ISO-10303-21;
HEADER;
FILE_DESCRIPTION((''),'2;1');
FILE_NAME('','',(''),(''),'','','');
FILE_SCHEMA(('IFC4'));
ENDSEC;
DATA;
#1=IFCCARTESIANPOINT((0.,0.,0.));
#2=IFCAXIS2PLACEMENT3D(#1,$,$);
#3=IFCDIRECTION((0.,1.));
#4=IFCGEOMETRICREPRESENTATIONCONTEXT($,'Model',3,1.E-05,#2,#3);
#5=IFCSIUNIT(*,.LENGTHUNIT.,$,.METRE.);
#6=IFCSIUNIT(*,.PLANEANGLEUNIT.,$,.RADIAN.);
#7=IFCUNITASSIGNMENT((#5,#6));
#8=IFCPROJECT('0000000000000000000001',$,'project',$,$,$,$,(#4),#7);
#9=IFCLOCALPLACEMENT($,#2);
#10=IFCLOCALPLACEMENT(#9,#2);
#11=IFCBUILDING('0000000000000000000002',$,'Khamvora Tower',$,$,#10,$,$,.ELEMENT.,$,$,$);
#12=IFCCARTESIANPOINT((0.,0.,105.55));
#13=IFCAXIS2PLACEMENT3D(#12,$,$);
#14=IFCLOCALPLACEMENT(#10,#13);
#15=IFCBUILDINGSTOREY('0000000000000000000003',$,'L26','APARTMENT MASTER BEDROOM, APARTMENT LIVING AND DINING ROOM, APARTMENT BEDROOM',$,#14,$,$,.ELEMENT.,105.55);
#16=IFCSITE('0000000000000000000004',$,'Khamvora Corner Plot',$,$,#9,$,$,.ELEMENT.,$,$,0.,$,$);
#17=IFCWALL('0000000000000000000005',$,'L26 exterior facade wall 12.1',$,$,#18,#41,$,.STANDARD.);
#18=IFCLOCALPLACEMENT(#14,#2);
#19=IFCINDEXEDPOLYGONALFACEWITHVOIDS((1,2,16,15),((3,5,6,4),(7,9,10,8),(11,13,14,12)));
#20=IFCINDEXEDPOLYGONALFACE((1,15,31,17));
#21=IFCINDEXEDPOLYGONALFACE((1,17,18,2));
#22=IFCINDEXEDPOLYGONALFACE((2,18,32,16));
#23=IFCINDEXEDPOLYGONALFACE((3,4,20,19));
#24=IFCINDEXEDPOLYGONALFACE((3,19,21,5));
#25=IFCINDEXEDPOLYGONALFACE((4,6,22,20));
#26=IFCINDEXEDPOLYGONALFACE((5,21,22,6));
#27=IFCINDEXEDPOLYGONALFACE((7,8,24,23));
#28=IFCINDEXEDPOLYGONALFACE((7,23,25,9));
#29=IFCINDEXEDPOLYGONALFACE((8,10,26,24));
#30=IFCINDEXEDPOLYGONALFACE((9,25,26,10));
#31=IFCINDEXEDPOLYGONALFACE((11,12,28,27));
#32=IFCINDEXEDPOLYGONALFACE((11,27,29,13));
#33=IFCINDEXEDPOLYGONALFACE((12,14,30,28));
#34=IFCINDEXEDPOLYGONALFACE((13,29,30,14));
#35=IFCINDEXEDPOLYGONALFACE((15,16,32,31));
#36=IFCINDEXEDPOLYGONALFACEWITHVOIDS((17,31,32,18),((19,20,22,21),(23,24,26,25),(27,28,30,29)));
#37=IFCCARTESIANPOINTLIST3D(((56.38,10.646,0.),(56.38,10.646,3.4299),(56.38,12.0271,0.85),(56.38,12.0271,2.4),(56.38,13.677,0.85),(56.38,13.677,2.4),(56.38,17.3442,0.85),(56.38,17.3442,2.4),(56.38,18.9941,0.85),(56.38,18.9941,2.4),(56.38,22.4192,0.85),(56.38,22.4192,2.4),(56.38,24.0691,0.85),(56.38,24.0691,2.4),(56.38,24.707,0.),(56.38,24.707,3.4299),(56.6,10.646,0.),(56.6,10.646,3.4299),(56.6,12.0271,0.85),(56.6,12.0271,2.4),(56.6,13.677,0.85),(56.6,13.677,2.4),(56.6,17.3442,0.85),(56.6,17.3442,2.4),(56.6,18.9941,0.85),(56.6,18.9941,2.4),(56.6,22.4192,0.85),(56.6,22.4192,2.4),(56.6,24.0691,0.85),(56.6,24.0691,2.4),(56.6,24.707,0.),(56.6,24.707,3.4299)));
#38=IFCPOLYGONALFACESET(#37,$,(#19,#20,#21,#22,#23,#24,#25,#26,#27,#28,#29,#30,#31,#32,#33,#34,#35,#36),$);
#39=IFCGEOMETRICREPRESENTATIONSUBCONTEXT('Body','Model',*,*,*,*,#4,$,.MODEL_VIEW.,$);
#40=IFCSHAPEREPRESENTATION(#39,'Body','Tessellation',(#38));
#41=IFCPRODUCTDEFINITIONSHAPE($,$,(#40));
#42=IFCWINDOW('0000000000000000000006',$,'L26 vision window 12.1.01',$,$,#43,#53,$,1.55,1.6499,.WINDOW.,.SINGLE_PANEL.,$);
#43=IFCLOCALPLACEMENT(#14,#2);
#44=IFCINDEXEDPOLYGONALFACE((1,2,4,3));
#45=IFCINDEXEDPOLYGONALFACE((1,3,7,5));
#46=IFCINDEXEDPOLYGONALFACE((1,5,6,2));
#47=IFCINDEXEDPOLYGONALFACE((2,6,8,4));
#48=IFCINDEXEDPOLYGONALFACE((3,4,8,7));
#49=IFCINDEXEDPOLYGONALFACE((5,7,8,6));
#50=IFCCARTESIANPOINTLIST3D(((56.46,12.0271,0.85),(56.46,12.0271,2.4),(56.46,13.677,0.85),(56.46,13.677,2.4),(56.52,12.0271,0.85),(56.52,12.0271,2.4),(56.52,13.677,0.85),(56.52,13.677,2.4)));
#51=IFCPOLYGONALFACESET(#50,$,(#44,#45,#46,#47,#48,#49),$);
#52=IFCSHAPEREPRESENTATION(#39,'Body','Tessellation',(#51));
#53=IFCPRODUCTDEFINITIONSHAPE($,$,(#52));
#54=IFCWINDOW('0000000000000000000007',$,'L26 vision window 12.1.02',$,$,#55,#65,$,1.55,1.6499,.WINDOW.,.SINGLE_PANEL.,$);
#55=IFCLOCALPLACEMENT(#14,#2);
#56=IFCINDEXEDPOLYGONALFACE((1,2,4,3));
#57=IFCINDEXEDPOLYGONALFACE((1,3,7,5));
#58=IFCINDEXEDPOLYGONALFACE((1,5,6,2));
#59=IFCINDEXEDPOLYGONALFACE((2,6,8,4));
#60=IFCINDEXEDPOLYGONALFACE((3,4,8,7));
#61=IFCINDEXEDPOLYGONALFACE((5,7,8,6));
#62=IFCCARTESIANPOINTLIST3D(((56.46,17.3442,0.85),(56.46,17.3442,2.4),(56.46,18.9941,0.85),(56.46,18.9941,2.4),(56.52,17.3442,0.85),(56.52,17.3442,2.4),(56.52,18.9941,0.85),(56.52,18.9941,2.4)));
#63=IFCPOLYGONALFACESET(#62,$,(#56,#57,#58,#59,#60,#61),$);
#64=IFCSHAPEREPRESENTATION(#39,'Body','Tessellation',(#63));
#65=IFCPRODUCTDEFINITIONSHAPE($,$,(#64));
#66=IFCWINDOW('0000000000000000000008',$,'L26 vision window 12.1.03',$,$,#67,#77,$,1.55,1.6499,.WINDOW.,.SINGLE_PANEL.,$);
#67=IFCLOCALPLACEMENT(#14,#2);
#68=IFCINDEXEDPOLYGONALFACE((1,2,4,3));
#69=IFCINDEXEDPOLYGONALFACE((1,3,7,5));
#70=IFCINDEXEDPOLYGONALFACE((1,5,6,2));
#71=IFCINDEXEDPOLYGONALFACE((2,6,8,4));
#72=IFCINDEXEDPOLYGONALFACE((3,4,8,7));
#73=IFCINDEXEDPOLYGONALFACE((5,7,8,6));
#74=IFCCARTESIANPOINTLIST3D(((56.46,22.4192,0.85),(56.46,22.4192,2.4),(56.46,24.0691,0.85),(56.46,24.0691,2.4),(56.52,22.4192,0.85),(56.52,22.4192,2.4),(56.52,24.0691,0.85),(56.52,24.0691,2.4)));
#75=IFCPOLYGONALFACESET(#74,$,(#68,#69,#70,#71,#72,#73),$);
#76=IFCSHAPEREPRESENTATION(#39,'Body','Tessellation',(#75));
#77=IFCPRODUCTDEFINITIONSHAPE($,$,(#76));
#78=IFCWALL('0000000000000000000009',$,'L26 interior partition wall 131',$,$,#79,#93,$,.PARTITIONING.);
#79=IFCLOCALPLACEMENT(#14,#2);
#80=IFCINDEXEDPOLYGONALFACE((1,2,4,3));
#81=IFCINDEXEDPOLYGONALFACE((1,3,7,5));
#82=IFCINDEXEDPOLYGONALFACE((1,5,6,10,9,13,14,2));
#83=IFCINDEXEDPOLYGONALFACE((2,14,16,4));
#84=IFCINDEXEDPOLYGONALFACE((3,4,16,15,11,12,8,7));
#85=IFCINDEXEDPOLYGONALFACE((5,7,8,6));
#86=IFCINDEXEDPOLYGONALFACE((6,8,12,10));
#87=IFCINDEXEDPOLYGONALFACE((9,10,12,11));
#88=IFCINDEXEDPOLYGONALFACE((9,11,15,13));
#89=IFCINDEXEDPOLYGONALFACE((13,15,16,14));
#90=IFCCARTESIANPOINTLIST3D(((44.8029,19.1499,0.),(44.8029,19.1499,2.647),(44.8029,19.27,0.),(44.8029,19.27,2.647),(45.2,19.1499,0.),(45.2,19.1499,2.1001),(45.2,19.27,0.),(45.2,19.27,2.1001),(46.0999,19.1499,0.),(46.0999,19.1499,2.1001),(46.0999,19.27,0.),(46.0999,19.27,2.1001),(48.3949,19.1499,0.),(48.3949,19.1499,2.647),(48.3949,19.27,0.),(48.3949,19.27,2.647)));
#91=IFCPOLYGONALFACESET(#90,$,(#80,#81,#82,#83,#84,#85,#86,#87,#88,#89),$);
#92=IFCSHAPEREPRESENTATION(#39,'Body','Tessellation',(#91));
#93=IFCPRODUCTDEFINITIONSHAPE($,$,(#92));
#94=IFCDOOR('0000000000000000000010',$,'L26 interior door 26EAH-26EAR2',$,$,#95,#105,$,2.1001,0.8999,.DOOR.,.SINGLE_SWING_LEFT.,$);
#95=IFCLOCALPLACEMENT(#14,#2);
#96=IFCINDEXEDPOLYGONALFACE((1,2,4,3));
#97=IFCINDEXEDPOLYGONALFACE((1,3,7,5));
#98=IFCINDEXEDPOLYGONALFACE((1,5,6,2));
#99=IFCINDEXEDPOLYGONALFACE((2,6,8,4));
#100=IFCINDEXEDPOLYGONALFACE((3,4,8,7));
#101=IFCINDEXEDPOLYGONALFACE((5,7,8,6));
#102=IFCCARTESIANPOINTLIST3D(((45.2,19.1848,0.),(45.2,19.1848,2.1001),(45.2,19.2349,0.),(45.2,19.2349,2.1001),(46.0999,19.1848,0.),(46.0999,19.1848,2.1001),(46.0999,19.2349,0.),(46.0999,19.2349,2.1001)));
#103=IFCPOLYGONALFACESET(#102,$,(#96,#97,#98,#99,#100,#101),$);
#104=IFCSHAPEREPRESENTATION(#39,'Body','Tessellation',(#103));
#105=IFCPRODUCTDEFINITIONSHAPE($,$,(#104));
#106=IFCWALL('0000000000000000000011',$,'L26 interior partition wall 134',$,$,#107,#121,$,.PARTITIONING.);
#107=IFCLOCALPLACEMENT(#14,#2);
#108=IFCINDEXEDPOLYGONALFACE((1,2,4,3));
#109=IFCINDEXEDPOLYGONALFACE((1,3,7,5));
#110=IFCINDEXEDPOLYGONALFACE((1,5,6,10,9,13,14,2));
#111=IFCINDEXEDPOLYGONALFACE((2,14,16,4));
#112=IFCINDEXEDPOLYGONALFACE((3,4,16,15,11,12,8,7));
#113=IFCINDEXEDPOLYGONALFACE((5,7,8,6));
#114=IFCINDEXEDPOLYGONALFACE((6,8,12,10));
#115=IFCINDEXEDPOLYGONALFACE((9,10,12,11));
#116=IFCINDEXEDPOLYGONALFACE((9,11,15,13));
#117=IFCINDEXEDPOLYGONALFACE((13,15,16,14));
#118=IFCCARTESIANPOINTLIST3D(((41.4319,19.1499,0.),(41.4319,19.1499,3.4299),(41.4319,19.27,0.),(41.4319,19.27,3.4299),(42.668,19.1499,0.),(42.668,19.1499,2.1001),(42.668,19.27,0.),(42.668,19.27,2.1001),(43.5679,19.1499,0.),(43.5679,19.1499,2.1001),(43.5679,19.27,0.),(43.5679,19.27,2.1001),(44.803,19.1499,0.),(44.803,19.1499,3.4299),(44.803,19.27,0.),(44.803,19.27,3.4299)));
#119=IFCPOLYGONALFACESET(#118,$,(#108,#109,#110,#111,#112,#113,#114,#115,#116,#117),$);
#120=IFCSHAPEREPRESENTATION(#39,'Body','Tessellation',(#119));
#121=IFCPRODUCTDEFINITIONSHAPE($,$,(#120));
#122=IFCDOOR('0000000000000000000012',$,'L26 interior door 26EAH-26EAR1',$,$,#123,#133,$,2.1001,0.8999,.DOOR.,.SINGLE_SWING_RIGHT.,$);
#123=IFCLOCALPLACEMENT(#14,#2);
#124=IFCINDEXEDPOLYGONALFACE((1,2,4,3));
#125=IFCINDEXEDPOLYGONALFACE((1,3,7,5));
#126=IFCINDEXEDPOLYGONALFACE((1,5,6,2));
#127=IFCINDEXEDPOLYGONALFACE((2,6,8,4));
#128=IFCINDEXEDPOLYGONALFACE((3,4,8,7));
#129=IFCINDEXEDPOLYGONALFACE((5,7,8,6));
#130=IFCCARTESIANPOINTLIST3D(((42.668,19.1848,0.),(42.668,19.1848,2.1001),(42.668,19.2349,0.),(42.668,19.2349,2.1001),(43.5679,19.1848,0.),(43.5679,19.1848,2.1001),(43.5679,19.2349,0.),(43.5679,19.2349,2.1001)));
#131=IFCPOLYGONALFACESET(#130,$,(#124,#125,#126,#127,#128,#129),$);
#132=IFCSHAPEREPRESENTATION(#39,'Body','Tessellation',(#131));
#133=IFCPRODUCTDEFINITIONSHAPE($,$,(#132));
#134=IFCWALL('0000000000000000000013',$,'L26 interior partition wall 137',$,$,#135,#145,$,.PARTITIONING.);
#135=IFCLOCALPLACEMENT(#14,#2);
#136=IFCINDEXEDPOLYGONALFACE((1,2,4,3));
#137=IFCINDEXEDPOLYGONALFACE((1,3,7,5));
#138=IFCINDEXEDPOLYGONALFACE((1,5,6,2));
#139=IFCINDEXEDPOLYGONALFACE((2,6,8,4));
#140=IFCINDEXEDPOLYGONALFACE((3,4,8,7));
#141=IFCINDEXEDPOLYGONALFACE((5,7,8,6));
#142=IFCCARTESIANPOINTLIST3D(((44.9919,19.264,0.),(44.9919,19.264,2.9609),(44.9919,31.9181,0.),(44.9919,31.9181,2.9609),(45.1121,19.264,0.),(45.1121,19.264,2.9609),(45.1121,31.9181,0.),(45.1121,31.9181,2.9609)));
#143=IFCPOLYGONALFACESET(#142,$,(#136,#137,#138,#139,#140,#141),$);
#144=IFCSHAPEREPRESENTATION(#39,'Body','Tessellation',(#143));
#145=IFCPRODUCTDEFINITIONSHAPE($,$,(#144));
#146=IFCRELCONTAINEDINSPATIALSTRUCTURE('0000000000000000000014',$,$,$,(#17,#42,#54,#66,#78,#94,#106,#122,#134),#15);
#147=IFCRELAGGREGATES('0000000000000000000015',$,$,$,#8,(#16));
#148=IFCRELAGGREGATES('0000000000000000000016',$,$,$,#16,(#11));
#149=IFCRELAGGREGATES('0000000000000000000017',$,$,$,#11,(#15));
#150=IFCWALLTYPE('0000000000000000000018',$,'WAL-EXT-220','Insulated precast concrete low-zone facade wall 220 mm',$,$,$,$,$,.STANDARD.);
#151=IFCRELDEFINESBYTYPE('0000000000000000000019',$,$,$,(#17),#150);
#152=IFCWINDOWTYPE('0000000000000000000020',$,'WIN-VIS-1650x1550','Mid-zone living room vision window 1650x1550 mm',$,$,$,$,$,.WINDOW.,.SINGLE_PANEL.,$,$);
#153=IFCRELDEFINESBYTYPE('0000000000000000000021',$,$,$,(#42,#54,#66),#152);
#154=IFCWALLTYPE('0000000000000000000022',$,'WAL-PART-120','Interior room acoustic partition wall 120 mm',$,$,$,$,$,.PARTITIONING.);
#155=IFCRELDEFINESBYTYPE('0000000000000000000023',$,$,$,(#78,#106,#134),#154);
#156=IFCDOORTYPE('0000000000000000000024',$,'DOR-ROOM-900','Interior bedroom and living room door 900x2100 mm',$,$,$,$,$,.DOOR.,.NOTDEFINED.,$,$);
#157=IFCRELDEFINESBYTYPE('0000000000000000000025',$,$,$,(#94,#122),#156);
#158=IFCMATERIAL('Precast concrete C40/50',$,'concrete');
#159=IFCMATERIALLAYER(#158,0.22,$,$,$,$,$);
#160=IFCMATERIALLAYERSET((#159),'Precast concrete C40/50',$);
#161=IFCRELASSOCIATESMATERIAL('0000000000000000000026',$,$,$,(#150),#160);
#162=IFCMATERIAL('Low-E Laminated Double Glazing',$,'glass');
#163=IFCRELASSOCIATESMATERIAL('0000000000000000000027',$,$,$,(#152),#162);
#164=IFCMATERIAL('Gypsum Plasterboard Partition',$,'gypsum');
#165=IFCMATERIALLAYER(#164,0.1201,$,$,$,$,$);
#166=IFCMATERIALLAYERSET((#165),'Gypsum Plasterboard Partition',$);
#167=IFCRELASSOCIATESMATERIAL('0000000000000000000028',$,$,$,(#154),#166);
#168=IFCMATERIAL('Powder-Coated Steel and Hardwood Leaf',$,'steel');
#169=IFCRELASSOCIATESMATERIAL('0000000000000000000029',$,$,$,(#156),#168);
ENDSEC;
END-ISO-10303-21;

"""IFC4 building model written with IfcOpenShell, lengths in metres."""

from ifc_helpers import new_model, si_unit, direction, frame, frame_2d, origin, place, context, subcontext, project, spatial, rectangle, extrude, material, layer, layer_set, type_object, element, fill, save


model = new_model("IFC4")

# Units and contexts
model_context = context("Model", 3, precision=1e-05, world=origin(), true_north=direction((0.0, 1.0)))
body_context = subcontext(model_context, "Body", "Model", "MODEL_VIEW")
ifc_project = project(units=[si_unit("LENGTHUNIT", "METRE"), si_unit("PLANEANGLEUNIT", "RADIAN")], contexts=[model_context])

# Site, building, storey
site_placement = place(None, origin())
site = spatial("IfcSite", under=ifc_project, at=site_placement, Name="Khamvora Corner Plot", CompositionType="ELEMENT", RefElevation=0.0)
building_placement = place(site_placement, origin())
building = spatial("IfcBuilding", under=site, at=building_placement, Name="Khamvora Tower", CompositionType="ELEMENT")
storey_placement = place(building_placement, frame((0.0, 0.0, 105.55)))
storey = spatial("IfcBuildingStorey", under=building, at=storey_placement, Name="L26", Description="APARTMENT MASTER BEDROOM, APARTMENT LIVING AND DINING ROOM, APARTMENT BEDROOM", CompositionType="ELEMENT", Elevation=105.55)

# Shared definitions
ifc_material_1 = material(Name="Powder-Coated Steel and Hardwood Leaf", Category="steel")

# Shared definitions
ifc_material_2 = material(Name="Precast concrete C40/50", Category="concrete")
ifc_layer_1 = layer(ifc_material_2, 0.22)
ifc_layer_set_1 = layer_set([ifc_layer_1], Name="Precast concrete C40/50")
wall_type_1 = type_object("IfcWallType", Name="WAL-EXT-220", Description="Insulated precast concrete low-zone facade wall 220 mm", PredefinedType="STANDARD", material=ifc_layer_set_1)

# Wall, openings, windows
wall_1_placement = place(storey_placement, frame((56.49, 24.707, 0.0), z_axis=(0.0, 0.0, 1.0), x_axis=(0.0, -1.0, 0.0)))
wall_1 = element("IfcWall", 1, at=wall_1_placement, inside=storey, type_object=wall_type_1, Name="L26 exterior facade wall 12.1", PredefinedType="STANDARD", context=body_context, shape_type="SweptSolid", body=[
    extrude(rectangle(XDim=14.061, YDim=0.22, at=frame_2d((7.0305, 0.0))), origin(), (0.0, 0.0, 1.0), 3.4299),
])
opening_1_placement = place(wall_1_placement, frame((11.03, 0.0, 0.8501)))
opening_1 = element("IfcOpeningElement", 2, at=opening_1_placement, cuts=wall_1, PredefinedType="OPENING", context=body_context, shape_type="SweptSolid", body=[
    extrude(rectangle(XDim=1.6499, YDim=1.55, at=frame_2d((0.825, 0.7749))), frame((0.0, 0.1199, 0.0), z_axis=(0.0, -1.0, 0.0), x_axis=(1.0, 0.0, 0.0)), (0.0, 0.0, 1.0), 0.24),
])
opening_2_placement = place(wall_1_placement, frame((5.7129, 0.0, 0.8501)))
opening_2 = element("IfcOpeningElement", 3, at=opening_2_placement, cuts=wall_1, PredefinedType="OPENING", context=body_context, shape_type="SweptSolid", body=[
    extrude(rectangle(XDim=1.6499, YDim=1.55, at=frame_2d((0.825, 0.7749))), frame((0.0, 0.1199, 0.0), z_axis=(0.0, -1.0, 0.0), x_axis=(1.0, 0.0, 0.0)), (0.0, 0.0, 1.0), 0.24),
])
opening_3_placement = place(wall_1_placement, frame((0.6379, 0.0, 0.8501)))
opening_3 = element("IfcOpeningElement", 4, at=opening_3_placement, cuts=wall_1, PredefinedType="OPENING", context=body_context, shape_type="SweptSolid", body=[
    extrude(rectangle(XDim=1.6499, YDim=1.55, at=frame_2d((0.825, 0.7749))), frame((0.0, 0.1199, 0.0), z_axis=(0.0, -1.0, 0.0), x_axis=(1.0, 0.0, 0.0)), (0.0, 0.0, 1.0), 0.24),
])
ifc_material_3 = material(Name="Low-E Laminated Double Glazing", Category="glass")
window_type = type_object("IfcWindowType", Name="WIN-VIS-1650x1550", Description="Mid-zone living room vision window 1650x1550 mm", PartitioningType="SINGLE_PANEL", PredefinedType="WINDOW", material=ifc_material_3)
window_1_placement = place(opening_1_placement, origin())
window_1 = element("IfcWindow", 5, at=window_1_placement, inside=storey, type_object=window_type, Name="L26 vision window 12.1.01", OverallHeight=1.55, OverallWidth=1.6499, PartitioningType="SINGLE_PANEL", PredefinedType="WINDOW", context=body_context, shape_type="SweptSolid", body=[
    extrude(rectangle(XDim=1.6499, YDim=1.55, at=frame_2d((0.825, 0.7749))), frame((0.0, 0.03, 0.0), z_axis=(0.0, -1.0, 0.0), x_axis=(1.0, 0.0, 0.0)), (0.0, 0.0, 1.0), 0.0601),
])
fill(opening_1, window_1)
window_2_placement = place(opening_2_placement, origin())
window_2 = element("IfcWindow", 6, at=window_2_placement, inside=storey, type_object=window_type, Name="L26 vision window 12.1.02", OverallHeight=1.55, OverallWidth=1.6499, PartitioningType="SINGLE_PANEL", PredefinedType="WINDOW", context=body_context, shape_type="SweptSolid", body=[
    extrude(rectangle(XDim=1.6499, YDim=1.55, at=frame_2d((0.825, 0.7749))), frame((0.0, 0.03, 0.0), z_axis=(0.0, -1.0, 0.0), x_axis=(1.0, 0.0, 0.0)), (0.0, 0.0, 1.0), 0.0601),
])
fill(opening_2, window_2)
window_3_placement = place(opening_3_placement, origin())
window_3 = element("IfcWindow", 7, at=window_3_placement, inside=storey, type_object=window_type, Name="L26 vision window 12.1.03", OverallHeight=1.55, OverallWidth=1.6499, PartitioningType="SINGLE_PANEL", PredefinedType="WINDOW", context=body_context, shape_type="SweptSolid", body=[
    extrude(rectangle(XDim=1.6499, YDim=1.55, at=frame_2d((0.825, 0.7749))), frame((0.0, 0.03, 0.0), z_axis=(0.0, -1.0, 0.0), x_axis=(1.0, 0.0, 0.0)), (0.0, 0.0, 1.0), 0.0601),
])
fill(opening_3, window_3)

# Walls, openings, doors
ifc_material_4 = material(Name="Gypsum Plasterboard Partition", Category="gypsum")
ifc_layer_2 = layer(ifc_material_4, 0.1201)
ifc_layer_set_2 = layer_set([ifc_layer_2], Name="Gypsum Plasterboard Partition")
wall_type_2 = type_object("IfcWallType", Name="WAL-PART-120", Description="Interior room acoustic partition wall 120 mm", PredefinedType="PARTITIONING", material=ifc_layer_set_2)
wall_2_placement = place(storey_placement, frame((44.803, 19.21, 0.0), z_axis=(0.0, 0.0, 1.0), x_axis=(1.0, 0.0, 0.0)))
wall_2 = element("IfcWall", 8, at=wall_2_placement, inside=storey, type_object=wall_type_2, Name="L26 interior partition wall 131", PredefinedType="PARTITIONING", context=body_context, shape_type="SweptSolid", body=[
    extrude(rectangle(XDim=3.592, YDim=0.1201, at=frame_2d((1.7959, 0.0))), origin(), (0.0, 0.0, 1.0), 2.647),
])
opening_4_placement = place(wall_2_placement, frame((0.397, 0.0, 0.0)))
opening_4 = element("IfcOpeningElement", 9, at=opening_4_placement, cuts=wall_2, PredefinedType="OPENING", context=body_context, shape_type="SweptSolid", body=[
    extrude(rectangle(XDim=0.8999, YDim=2.1001, at=frame_2d((0.45, 1.05))), frame((0.0, 0.0701, 0.0), z_axis=(0.0, -1.0, 0.0), x_axis=(1.0, 0.0, 0.0)), (0.0, 0.0, 1.0), 0.1401),
])
door_type_1 = type_object("IfcDoorType", Name="DOR-ROOM-900", Description="Interior bedroom and living room door 900x2100 mm", OperationType="NOTDEFINED", PredefinedType="DOOR", material=ifc_material_1)
door_1_placement = place(opening_4_placement, origin())
door_1 = element("IfcDoor", 10, at=door_1_placement, inside=storey, type_object=door_type_1, Name="L26 interior door 26EAH-26EAR2", OperationType="SINGLE_SWING_LEFT", OverallHeight=2.1001, OverallWidth=0.8999, PredefinedType="DOOR", context=body_context, shape_type="SweptSolid", body=[
    extrude(rectangle(XDim=0.8999, YDim=2.1001, at=frame_2d((0.45, 1.05))), frame((0.0, 0.0249, 0.0), z_axis=(0.0, -1.0, 0.0), x_axis=(1.0, 0.0, 0.0)), (0.0, 0.0, 1.0), 0.05),
])
fill(opening_4, door_1)
wall_3_placement = place(storey_placement, frame((41.4319, 19.21, 0.0), z_axis=(0.0, 0.0, 1.0), x_axis=(1.0, 0.0, 0.0)))
wall_3 = element("IfcWall", 11, at=wall_3_placement, inside=storey, type_object=wall_type_2, Name="L26 interior partition wall 134", PredefinedType="PARTITIONING", context=body_context, shape_type="SweptSolid", body=[
    extrude(rectangle(XDim=3.3711, YDim=0.1201, at=frame_2d((1.6855, 0.0))), origin(), (0.0, 0.0, 1.0), 3.4299),
])
opening_5_placement = place(wall_3_placement, frame((1.2361, 0.0, 0.0)))
opening_5 = element("IfcOpeningElement", 12, at=opening_5_placement, cuts=wall_3, PredefinedType="OPENING", context=body_context, shape_type="SweptSolid", body=[
    extrude(rectangle(XDim=0.8999, YDim=2.1001, at=frame_2d((0.45, 1.05))), frame((0.0, 0.0701, 0.0), z_axis=(0.0, -1.0, 0.0), x_axis=(1.0, 0.0, 0.0)), (0.0, 0.0, 1.0), 0.1401),
])
door_2_placement = place(opening_5_placement, origin())
door_2 = element("IfcDoor", 13, at=door_2_placement, inside=storey, type_object=door_type_1, Name="L26 interior door 26EAH-26EAR1", OperationType="SINGLE_SWING_RIGHT", OverallHeight=2.1001, OverallWidth=0.8999, PredefinedType="DOOR", context=body_context, shape_type="SweptSolid", body=[
    extrude(rectangle(XDim=0.8999, YDim=2.1001, at=frame_2d((0.45, 1.05))), frame((0.0, 0.0249, 0.0), z_axis=(0.0, -1.0, 0.0), x_axis=(1.0, 0.0, 0.0)), (0.0, 0.0, 1.0), 0.05),
])
fill(opening_5, door_2)

# Wall
wall_4_placement = place(storey_placement, frame((45.052, 19.2639, 0.0), z_axis=(0.0, 0.0, 1.0), x_axis=(0.0, 1.0, 0.0)))
element("IfcWall", 14, at=wall_4_placement, inside=storey, type_object=wall_type_2, Name="L26 interior partition wall 137", PredefinedType="PARTITIONING", context=body_context, shape_type="SweptSolid", body=[
    extrude(rectangle(XDim=12.6541, YDim=0.1201, at=frame_2d((6.3271, 0.0))), origin(), (0.0, 0.0, 1.0), 2.9609),
])

save(model, "model.ifc")
